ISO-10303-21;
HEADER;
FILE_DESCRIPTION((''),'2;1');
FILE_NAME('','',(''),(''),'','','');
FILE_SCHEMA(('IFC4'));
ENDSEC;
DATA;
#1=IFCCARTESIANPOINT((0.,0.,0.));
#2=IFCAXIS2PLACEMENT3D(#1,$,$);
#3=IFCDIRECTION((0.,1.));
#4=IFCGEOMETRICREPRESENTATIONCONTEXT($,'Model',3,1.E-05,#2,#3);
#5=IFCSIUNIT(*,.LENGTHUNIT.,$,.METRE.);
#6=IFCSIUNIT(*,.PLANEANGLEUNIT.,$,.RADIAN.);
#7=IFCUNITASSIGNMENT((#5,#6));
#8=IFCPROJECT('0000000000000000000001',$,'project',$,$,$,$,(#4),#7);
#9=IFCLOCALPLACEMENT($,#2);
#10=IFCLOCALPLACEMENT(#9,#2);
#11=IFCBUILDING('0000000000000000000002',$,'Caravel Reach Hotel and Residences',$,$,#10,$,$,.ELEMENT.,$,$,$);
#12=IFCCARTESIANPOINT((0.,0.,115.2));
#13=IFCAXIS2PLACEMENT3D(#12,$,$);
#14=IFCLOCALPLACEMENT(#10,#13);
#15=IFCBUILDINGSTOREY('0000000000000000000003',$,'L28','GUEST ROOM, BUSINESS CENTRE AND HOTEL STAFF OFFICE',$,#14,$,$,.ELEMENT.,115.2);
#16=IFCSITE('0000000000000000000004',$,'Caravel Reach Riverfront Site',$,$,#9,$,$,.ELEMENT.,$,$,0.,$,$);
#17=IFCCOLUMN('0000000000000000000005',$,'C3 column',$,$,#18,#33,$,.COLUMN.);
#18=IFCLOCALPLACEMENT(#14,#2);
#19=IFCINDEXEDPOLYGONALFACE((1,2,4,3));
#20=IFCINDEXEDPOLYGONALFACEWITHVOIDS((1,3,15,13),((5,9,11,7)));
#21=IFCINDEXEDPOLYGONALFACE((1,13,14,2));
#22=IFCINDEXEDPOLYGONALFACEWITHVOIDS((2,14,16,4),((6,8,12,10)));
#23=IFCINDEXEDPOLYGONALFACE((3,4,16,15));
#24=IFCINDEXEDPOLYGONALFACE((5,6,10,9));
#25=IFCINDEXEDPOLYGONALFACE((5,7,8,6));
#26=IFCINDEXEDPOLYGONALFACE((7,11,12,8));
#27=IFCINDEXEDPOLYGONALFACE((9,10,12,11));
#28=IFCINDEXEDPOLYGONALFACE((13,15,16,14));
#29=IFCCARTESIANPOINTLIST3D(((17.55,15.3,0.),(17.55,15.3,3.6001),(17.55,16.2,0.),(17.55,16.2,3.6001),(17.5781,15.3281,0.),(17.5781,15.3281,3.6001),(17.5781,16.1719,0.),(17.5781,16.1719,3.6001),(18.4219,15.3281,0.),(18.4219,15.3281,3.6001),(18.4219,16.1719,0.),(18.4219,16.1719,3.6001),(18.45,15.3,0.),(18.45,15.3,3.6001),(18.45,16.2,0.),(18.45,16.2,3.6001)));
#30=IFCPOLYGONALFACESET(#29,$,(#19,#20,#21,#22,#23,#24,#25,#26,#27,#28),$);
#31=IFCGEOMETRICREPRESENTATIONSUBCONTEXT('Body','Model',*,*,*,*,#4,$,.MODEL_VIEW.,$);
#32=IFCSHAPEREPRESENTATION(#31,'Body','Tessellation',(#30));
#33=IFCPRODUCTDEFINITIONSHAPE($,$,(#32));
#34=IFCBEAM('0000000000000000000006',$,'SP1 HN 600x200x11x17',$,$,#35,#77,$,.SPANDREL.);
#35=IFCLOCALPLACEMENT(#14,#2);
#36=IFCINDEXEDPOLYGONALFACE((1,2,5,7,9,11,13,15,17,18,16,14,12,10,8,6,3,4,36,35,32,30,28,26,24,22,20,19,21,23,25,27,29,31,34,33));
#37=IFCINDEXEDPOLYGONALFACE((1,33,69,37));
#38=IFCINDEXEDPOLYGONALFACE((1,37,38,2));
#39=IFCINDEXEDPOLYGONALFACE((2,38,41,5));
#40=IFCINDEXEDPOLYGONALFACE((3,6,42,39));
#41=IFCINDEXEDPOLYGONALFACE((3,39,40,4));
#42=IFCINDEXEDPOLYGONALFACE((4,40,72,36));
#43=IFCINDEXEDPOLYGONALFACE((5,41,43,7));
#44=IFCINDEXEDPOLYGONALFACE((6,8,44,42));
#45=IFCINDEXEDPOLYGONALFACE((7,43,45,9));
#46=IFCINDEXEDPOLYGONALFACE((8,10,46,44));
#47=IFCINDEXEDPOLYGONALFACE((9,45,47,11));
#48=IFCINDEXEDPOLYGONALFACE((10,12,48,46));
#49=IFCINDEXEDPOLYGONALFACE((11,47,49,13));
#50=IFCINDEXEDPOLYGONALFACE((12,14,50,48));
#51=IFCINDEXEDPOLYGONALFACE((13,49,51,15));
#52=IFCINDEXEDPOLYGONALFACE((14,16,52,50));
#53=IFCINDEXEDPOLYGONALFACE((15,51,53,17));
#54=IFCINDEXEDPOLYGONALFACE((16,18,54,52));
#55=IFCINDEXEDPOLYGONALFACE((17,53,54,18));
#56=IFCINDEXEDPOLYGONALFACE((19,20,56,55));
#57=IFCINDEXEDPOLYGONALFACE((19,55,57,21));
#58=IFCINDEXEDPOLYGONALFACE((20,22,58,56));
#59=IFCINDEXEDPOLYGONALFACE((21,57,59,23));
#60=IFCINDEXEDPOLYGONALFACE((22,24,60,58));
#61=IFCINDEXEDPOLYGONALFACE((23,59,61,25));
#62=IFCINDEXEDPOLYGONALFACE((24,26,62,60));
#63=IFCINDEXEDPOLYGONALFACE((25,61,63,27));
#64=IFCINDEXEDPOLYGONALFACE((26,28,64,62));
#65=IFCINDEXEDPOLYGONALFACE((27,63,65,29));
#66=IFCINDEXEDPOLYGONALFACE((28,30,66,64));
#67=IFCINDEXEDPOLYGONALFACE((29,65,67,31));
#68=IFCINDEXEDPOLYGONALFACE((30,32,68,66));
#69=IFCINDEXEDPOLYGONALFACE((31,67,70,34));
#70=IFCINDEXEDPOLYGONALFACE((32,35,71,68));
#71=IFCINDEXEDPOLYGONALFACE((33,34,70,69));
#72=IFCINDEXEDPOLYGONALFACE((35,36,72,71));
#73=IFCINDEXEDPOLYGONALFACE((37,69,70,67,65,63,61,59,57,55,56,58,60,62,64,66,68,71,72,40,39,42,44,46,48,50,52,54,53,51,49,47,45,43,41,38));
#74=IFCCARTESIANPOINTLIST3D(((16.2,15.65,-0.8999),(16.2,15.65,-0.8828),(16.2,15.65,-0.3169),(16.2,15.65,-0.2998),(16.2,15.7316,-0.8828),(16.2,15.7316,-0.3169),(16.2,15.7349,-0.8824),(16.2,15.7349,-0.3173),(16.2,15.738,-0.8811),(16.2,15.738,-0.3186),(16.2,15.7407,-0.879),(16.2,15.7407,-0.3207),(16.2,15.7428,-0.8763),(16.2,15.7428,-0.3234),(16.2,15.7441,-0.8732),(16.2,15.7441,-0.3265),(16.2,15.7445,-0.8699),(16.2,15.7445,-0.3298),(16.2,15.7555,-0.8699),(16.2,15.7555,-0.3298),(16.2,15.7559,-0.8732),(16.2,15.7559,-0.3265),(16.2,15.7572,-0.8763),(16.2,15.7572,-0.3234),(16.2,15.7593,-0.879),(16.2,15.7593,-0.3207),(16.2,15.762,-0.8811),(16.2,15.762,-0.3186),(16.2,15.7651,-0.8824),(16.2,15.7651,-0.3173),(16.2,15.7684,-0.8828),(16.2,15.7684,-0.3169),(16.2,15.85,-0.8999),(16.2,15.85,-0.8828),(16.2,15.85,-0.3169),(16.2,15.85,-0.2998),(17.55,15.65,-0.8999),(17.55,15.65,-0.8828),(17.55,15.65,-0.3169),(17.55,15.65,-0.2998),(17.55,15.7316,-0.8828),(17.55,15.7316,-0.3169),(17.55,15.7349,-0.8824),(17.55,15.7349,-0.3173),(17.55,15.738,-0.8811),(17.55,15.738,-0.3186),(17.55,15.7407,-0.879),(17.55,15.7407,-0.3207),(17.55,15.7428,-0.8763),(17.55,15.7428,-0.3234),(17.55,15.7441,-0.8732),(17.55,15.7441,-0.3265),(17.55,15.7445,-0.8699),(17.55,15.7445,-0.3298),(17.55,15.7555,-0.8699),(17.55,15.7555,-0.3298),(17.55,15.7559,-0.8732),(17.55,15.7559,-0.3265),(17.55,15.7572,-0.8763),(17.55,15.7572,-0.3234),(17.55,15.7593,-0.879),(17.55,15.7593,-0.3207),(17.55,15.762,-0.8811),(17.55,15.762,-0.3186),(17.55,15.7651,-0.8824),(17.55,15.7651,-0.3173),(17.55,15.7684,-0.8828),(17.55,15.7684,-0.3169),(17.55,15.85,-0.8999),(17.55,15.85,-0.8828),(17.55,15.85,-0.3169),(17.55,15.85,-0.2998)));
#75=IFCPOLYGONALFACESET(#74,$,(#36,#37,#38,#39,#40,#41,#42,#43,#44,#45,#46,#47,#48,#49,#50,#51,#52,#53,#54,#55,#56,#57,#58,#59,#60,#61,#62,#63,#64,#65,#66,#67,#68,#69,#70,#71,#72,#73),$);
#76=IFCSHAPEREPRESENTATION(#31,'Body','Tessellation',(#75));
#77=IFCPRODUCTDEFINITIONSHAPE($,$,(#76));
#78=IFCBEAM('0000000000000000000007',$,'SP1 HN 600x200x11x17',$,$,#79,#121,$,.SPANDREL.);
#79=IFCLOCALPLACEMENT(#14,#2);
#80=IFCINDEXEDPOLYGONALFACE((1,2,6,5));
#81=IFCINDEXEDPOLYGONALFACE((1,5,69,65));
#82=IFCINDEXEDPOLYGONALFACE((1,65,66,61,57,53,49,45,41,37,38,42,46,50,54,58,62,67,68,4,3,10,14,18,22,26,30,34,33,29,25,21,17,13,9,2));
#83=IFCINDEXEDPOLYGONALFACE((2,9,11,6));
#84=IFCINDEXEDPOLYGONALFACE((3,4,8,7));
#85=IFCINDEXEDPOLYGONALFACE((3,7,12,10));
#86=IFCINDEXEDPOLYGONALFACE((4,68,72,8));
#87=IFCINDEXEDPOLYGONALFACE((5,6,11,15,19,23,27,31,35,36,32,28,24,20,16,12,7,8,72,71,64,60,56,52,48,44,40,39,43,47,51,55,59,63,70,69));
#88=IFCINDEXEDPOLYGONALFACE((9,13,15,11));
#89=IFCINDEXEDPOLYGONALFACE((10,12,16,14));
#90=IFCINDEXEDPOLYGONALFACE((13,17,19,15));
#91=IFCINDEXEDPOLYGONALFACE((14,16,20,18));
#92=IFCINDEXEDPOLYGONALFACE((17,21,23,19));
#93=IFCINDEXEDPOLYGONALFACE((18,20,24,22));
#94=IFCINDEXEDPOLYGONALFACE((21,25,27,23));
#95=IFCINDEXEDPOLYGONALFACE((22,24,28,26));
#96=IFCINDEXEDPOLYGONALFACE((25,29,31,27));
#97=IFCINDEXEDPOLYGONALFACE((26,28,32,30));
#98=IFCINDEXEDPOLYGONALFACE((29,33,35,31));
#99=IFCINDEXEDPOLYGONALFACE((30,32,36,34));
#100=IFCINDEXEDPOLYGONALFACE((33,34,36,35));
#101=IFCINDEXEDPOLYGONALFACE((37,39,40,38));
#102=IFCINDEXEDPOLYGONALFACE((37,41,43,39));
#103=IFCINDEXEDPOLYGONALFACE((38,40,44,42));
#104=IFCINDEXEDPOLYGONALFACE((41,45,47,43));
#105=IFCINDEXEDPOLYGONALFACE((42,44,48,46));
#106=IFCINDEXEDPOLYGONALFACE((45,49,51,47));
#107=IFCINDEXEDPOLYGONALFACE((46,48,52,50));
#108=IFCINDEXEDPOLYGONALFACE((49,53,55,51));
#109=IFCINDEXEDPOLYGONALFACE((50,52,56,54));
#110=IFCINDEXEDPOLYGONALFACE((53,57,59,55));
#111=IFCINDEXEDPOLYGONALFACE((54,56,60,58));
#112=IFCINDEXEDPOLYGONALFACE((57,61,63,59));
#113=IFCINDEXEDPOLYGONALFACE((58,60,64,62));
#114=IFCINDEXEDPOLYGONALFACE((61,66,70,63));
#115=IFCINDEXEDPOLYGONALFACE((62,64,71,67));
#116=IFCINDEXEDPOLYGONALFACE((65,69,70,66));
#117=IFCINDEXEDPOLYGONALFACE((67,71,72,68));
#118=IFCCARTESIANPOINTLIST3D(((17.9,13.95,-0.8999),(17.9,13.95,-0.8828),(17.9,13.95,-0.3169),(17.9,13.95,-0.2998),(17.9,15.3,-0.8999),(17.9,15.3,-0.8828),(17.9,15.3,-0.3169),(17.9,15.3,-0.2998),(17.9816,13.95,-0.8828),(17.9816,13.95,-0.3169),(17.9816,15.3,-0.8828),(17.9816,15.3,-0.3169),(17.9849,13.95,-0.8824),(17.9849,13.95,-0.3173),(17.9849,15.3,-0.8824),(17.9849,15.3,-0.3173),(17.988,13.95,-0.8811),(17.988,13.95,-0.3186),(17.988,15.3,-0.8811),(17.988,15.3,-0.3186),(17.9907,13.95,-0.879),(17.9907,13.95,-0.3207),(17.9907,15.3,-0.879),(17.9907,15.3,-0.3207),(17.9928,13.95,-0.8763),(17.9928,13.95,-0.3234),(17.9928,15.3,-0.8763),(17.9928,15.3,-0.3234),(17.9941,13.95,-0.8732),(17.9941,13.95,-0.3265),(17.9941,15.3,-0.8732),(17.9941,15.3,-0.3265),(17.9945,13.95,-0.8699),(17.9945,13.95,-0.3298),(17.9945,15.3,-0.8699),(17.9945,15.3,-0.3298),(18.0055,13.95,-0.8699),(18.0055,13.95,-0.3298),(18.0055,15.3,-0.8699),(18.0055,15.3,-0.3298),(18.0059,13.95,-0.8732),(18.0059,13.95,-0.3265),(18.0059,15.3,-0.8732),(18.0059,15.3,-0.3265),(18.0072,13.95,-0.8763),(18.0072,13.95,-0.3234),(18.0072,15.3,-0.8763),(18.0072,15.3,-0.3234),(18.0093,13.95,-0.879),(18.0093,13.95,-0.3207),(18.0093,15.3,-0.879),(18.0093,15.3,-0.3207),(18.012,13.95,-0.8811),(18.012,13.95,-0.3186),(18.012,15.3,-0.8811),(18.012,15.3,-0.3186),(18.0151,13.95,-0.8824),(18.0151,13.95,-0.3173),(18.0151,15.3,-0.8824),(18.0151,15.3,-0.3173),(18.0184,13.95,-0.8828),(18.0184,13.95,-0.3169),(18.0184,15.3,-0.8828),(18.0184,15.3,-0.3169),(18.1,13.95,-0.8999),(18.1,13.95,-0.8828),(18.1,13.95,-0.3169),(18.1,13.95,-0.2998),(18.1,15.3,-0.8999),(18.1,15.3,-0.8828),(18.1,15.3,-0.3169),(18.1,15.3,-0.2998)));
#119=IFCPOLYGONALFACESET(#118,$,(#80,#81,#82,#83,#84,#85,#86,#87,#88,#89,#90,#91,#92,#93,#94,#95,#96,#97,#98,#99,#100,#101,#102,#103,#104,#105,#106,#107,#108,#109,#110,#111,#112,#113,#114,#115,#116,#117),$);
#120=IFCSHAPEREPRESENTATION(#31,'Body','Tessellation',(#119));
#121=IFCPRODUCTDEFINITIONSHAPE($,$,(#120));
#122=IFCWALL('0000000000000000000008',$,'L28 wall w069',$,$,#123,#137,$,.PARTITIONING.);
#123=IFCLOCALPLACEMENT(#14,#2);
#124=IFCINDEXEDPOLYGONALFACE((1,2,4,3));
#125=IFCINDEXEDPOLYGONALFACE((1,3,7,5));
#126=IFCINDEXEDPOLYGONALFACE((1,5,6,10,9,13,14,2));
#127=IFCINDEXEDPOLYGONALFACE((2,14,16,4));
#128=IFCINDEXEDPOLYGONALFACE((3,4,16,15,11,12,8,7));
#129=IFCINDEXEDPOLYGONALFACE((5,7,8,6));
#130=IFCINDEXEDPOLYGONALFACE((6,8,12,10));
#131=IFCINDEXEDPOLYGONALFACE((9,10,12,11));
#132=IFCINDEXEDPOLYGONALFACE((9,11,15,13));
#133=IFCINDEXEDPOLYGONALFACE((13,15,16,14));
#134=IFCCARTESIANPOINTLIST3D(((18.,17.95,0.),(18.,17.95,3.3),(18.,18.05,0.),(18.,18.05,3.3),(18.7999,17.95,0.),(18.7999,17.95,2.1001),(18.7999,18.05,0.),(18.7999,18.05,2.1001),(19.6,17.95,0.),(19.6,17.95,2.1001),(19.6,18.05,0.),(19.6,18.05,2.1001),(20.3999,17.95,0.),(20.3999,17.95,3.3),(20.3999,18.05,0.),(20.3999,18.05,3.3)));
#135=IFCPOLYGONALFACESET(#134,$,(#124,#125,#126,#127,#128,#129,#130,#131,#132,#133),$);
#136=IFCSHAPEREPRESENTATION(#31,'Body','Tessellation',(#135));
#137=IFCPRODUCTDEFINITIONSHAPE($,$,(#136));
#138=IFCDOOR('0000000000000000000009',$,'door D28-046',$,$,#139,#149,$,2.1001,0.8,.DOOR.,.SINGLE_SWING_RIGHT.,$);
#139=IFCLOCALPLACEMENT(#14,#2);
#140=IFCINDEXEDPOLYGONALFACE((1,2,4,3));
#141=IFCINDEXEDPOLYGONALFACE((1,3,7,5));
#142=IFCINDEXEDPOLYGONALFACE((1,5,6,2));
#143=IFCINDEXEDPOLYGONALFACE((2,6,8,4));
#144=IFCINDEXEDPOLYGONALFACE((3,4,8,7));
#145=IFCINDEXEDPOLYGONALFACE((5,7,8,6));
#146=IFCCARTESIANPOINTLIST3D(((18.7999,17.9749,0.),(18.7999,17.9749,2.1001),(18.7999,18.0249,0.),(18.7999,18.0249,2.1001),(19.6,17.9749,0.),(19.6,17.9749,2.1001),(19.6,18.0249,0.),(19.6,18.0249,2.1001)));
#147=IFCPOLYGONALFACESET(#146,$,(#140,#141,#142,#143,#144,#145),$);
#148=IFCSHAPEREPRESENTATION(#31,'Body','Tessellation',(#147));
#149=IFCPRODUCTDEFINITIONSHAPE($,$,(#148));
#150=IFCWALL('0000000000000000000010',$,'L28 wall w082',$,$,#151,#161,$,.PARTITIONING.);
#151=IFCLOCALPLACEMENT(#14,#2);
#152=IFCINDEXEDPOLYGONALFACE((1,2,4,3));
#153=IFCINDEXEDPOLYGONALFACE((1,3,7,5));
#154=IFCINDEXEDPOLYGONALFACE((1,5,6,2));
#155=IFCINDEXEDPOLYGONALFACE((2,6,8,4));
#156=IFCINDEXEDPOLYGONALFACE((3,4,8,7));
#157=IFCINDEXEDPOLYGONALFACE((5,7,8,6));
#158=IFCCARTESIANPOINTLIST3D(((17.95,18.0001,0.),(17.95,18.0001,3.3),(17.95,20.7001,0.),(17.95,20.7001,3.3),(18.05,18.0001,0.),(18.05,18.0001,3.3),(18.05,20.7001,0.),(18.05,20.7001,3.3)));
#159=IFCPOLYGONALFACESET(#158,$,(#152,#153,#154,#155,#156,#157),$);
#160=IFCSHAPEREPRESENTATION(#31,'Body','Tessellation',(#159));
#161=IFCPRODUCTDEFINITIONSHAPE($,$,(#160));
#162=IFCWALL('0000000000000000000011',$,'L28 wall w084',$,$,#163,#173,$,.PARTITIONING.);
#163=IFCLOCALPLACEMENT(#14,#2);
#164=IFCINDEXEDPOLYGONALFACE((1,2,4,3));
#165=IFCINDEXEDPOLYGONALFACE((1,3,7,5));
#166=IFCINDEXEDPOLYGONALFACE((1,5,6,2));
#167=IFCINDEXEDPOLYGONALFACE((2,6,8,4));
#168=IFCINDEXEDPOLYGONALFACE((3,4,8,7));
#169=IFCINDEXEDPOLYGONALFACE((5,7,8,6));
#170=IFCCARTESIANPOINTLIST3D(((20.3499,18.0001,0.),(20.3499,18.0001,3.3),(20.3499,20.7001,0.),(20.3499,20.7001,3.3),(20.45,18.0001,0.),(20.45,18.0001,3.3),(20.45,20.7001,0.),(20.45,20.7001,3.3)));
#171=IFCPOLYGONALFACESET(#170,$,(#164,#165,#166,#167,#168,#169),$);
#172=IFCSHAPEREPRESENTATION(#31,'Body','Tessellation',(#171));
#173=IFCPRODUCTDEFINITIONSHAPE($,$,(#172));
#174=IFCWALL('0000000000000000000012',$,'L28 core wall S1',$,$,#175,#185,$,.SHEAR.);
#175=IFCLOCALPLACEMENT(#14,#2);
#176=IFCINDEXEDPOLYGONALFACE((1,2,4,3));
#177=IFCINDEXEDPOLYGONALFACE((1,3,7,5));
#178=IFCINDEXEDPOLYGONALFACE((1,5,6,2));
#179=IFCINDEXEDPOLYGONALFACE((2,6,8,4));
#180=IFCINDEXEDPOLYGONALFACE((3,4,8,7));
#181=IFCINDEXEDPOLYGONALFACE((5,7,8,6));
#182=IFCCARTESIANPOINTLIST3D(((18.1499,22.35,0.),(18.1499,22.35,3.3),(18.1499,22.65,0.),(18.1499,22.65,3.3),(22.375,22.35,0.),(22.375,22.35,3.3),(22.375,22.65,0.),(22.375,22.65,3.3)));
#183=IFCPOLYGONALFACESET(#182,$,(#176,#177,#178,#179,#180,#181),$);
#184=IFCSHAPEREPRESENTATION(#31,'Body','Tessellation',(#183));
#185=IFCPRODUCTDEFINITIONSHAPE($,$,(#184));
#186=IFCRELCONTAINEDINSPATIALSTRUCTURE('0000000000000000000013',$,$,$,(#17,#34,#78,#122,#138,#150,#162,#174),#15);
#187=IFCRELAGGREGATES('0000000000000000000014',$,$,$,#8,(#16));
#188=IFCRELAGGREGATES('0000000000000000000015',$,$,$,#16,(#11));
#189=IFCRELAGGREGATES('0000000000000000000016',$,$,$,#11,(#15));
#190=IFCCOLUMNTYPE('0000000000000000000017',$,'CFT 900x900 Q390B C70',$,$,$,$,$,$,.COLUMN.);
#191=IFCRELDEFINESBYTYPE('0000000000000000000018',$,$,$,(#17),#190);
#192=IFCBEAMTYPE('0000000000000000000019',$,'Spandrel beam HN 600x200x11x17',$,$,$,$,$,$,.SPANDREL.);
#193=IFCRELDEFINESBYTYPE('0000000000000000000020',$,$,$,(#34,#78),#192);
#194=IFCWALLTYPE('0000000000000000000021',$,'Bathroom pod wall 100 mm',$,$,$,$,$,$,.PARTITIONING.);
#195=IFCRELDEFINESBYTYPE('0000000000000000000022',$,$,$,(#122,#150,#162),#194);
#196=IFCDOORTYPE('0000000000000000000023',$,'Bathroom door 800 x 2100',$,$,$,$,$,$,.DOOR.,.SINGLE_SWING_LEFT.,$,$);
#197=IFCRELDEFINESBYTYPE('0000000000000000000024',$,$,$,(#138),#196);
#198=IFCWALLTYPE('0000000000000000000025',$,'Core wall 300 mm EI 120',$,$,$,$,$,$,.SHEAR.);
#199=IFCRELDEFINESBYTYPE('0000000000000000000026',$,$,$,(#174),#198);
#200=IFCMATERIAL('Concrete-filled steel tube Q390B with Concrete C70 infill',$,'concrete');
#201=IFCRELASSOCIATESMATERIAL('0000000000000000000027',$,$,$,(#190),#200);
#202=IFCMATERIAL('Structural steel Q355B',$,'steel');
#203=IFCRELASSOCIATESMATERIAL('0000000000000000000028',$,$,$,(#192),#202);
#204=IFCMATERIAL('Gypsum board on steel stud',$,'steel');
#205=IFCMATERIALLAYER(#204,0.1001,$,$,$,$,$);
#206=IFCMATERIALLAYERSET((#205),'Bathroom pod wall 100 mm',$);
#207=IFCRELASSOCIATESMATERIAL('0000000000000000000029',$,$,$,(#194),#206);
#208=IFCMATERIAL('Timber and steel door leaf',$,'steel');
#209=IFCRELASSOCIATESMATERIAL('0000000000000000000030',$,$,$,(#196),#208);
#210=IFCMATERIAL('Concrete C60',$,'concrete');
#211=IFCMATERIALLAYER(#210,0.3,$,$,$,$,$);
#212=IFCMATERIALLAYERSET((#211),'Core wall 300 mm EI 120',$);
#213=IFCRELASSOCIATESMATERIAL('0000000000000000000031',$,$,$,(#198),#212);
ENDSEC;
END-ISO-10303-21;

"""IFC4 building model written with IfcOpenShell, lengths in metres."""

from ifc_helpers import new_model, si_unit, direction, frame, frame_2d, origin, origin_2d, place, context, subcontext, project, spatial, rectangle, hollow_rectangle, i_section, extrude, material, layer, layer_set, material_profile, profile_set, type_object, element, fill, save


model = new_model("IFC4")

# Units and contexts
model_context = context("Model", 3, precision=1e-05, world=origin(), true_north=direction((0.0, 1.0)))
body_context = subcontext(model_context, "Body", "Model", "MODEL_VIEW")
ifc_project = project(units=[si_unit("LENGTHUNIT", "METRE"), si_unit("PLANEANGLEUNIT", "RADIAN")], contexts=[model_context])

# Site, building, storey
site_placement = place(None, origin())
site = spatial("IfcSite", under=ifc_project, at=site_placement, Name="Caravel Reach Riverfront Site", CompositionType="ELEMENT", RefElevation=0.0)
building_placement = place(site_placement, origin())
building = spatial("IfcBuilding", under=site, at=building_placement, Name="Caravel Reach Hotel and Residences", CompositionType="ELEMENT")
storey_placement = place(building_placement, frame((0.0, 0.0, 115.2)))
storey = spatial("IfcBuildingStorey", under=building, at=storey_placement, Name="L28", Description="GUEST ROOM, BUSINESS CENTRE AND HOTEL STAFF OFFICE", CompositionType="ELEMENT", Elevation=115.2)

# Column
ifc_material_1 = material(Name="Concrete-filled steel tube Q390B with Concrete C70 infill", Category="concrete")
ifc_material_profile_1 = material_profile(ifc_material_1, hollow_rectangle(XDim=0.8999, YDim=0.8999, WallThickness=0.0281, at=origin_2d()), Name="RHS 900x900x28")
ifc_profile_set_1 = profile_set([ifc_material_profile_1], Name="Concrete-filled steel tube Q390B with Concrete C70 infill")
column_type = type_object("IfcColumnType", Name="CFT 900x900 Q390B C70", PredefinedType="COLUMN", material=ifc_profile_set_1)
column_placement = place(storey_placement, frame((18.0, 15.75, 0.0), z_axis=(0.0, 0.0, 1.0), x_axis=(1.0, 0.0, 0.0)))
element("IfcColumn", 1, at=column_placement, inside=storey, type_object=column_type, Name="C3 column", PredefinedType="COLUMN", context=body_context, shape_type="SweptSolid", body=[
    extrude(hollow_rectangle(XDim=0.8999, YDim=0.8999, WallThickness=0.0281, at=origin_2d()), origin(), (0.0, 0.0, 1.0), 3.6001),
])

# Beams
ifc_material_2 = material(Name="Structural steel Q355B", Category="steel")
ifc_material_profile_2 = material_profile(ifc_material_2, i_section(OverallWidth=0.2, OverallDepth=0.6001, WebThickness=0.011, FlangeThickness=0.0171, FilletRadius=0.0129, at=origin_2d()), Name="HN 600x200x11x17")
ifc_profile_set_2 = profile_set([ifc_material_profile_2], Name="Structural steel Q355B")
beam_type = type_object("IfcBeamType", Name="Spandrel beam HN 600x200x11x17", PredefinedType="SPANDREL", material=ifc_profile_set_2)
for number, where, z_axis, x_axis, name in (
    (2, (16.2, 15.75, -0.5999), (1.0, 0.0, 0.0), (0.0, 1.0, 0.0), "SP1 HN 600x200x11x17"),
    (3, (18.0, 15.3, -0.5999), (0.0, -1.0, 0.0), (1.0, 0.0, 0.0), "SP1 HN 600x200x11x17"),
):
    element("IfcBeam", number, at=place(storey_placement, frame(where, z_axis=z_axis, x_axis=x_axis)), inside=storey, type_object=beam_type, Name=name, PredefinedType="SPANDREL", context=body_context, shape_type="SweptSolid", body=[
        extrude(i_section(OverallWidth=0.2, OverallDepth=0.6001, WebThickness=0.011, FlangeThickness=0.0171, FilletRadius=0.0129, at=origin_2d()), origin(), (0.0, 0.0, 1.0), 1.3501),
    ])

# Wall, opening, door
ifc_material_3 = material(Name="Gypsum board on steel stud", Category="steel")
ifc_layer_1 = layer(ifc_material_3, 0.1001)
ifc_layer_set_1 = layer_set([ifc_layer_1], Name="Bathroom pod wall 100 mm")
wall_type_1 = type_object("IfcWallType", Name="Bathroom pod wall 100 mm", PredefinedType="PARTITIONING", material=ifc_layer_set_1)
wall_1_placement = place(storey_placement, frame((18.0, 18.0, 0.0), z_axis=(0.0, 0.0, 1.0), x_axis=(1.0, 0.0, 0.0)))
wall_1 = element("IfcWall", 4, at=wall_1_placement, inside=storey, type_object=wall_type_1, Name="L28 wall w069", PredefinedType="PARTITIONING", context=body_context, shape_type="SweptSolid", body=[
    extrude(rectangle(XDim=2.3999, YDim=0.1001, at=frame_2d((1.2, 0.0))), origin(), (0.0, 0.0, 1.0), 3.3),
])
opening_1_placement = place(wall_1_placement, frame((0.8, 0.0, 0.0)))
opening_1 = element("IfcOpeningElement", 5, at=opening_1_placement, cuts=wall_1, PredefinedType="OPENING", context=body_context, shape_type="SweptSolid", body=[
    extrude(rectangle(XDim=0.8, YDim=2.1001, at=frame_2d((0.3999, 1.05))), frame((0.0, 0.0601, 0.0), z_axis=(0.0, -1.0, 0.0), x_axis=(1.0, 0.0, 0.0)), (0.0, 0.0, 1.0), 0.1201),
])
ifc_material_4 = material(Name="Timber and steel door leaf", Category="steel")
door_type_1 = type_object("IfcDoorType", Name="Bathroom door 800 x 2100", OperationType="SINGLE_SWING_LEFT", PredefinedType="DOOR", material=ifc_material_4)
door_1_placement = place(opening_1_placement, origin())
door_1 = element("IfcDoor", 6, at=door_1_placement, inside=storey, type_object=door_type_1, Name="door D28-046", OperationType="SINGLE_SWING_RIGHT", OverallHeight=2.1001, OverallWidth=0.8, PredefinedType="DOOR", context=body_context, shape_type="SweptSolid", body=[
    extrude(rectangle(XDim=0.8, YDim=2.1001, at=frame_2d((0.3999, 1.05))), frame((0.0, 0.0249, 0.0), z_axis=(0.0, -1.0, 0.0), x_axis=(1.0, 0.0, 0.0)), (0.0, 0.0, 1.0), 0.05),
])
fill(opening_1, door_1)

# Walls
for number, where, z_axis, x_axis, name in (
    (7, (18.0, 18.0, 0.0), (0.0, 0.0, 1.0), (0.0, 1.0, 0.0), "L28 wall w082"),
    (8, (20.3999, 18.0, 0.0), (0.0, 0.0, 1.0), (0.0, 1.0, 0.0), "L28 wall w084"),
):
    element("IfcWall", number, at=place(storey_placement, frame(where, z_axis=z_axis, x_axis=x_axis)), inside=storey, type_object=wall_type_1, Name=name, PredefinedType="PARTITIONING", context=body_context, shape_type="SweptSolid", body=[
        extrude(rectangle(XDim=2.7, YDim=0.1001, at=frame_2d((1.3501, 0.0))), origin(), (0.0, 0.0, 1.0), 3.3),
    ])
ifc_material_5 = material(Name="Concrete C60", Category="concrete")
ifc_layer_2 = layer(ifc_material_5, 0.3)
ifc_layer_set_2 = layer_set([ifc_layer_2], Name="Core wall 300 mm EI 120")
wall_type_2 = type_object("IfcWallType", Name="Core wall 300 mm EI 120", PredefinedType="SHEAR", material=ifc_layer_set_2)
wall_2_placement = place(storey_placement, frame((18.1499, 22.5, 0.0), z_axis=(0.0, 0.0, 1.0), x_axis=(1.0, 0.0, 0.0)))
element("IfcWall", 9, at=wall_2_placement, inside=storey, type_object=wall_type_2, Name="L28 core wall S1", PredefinedType="SHEAR", context=body_context, shape_type="SweptSolid", body=[
    extrude(rectangle(XDim=4.2251, YDim=0.3, at=frame_2d((2.1125, 0.0))), origin(), (0.0, 0.0, 1.0), 3.3),
])

save(model, "model.ifc")
